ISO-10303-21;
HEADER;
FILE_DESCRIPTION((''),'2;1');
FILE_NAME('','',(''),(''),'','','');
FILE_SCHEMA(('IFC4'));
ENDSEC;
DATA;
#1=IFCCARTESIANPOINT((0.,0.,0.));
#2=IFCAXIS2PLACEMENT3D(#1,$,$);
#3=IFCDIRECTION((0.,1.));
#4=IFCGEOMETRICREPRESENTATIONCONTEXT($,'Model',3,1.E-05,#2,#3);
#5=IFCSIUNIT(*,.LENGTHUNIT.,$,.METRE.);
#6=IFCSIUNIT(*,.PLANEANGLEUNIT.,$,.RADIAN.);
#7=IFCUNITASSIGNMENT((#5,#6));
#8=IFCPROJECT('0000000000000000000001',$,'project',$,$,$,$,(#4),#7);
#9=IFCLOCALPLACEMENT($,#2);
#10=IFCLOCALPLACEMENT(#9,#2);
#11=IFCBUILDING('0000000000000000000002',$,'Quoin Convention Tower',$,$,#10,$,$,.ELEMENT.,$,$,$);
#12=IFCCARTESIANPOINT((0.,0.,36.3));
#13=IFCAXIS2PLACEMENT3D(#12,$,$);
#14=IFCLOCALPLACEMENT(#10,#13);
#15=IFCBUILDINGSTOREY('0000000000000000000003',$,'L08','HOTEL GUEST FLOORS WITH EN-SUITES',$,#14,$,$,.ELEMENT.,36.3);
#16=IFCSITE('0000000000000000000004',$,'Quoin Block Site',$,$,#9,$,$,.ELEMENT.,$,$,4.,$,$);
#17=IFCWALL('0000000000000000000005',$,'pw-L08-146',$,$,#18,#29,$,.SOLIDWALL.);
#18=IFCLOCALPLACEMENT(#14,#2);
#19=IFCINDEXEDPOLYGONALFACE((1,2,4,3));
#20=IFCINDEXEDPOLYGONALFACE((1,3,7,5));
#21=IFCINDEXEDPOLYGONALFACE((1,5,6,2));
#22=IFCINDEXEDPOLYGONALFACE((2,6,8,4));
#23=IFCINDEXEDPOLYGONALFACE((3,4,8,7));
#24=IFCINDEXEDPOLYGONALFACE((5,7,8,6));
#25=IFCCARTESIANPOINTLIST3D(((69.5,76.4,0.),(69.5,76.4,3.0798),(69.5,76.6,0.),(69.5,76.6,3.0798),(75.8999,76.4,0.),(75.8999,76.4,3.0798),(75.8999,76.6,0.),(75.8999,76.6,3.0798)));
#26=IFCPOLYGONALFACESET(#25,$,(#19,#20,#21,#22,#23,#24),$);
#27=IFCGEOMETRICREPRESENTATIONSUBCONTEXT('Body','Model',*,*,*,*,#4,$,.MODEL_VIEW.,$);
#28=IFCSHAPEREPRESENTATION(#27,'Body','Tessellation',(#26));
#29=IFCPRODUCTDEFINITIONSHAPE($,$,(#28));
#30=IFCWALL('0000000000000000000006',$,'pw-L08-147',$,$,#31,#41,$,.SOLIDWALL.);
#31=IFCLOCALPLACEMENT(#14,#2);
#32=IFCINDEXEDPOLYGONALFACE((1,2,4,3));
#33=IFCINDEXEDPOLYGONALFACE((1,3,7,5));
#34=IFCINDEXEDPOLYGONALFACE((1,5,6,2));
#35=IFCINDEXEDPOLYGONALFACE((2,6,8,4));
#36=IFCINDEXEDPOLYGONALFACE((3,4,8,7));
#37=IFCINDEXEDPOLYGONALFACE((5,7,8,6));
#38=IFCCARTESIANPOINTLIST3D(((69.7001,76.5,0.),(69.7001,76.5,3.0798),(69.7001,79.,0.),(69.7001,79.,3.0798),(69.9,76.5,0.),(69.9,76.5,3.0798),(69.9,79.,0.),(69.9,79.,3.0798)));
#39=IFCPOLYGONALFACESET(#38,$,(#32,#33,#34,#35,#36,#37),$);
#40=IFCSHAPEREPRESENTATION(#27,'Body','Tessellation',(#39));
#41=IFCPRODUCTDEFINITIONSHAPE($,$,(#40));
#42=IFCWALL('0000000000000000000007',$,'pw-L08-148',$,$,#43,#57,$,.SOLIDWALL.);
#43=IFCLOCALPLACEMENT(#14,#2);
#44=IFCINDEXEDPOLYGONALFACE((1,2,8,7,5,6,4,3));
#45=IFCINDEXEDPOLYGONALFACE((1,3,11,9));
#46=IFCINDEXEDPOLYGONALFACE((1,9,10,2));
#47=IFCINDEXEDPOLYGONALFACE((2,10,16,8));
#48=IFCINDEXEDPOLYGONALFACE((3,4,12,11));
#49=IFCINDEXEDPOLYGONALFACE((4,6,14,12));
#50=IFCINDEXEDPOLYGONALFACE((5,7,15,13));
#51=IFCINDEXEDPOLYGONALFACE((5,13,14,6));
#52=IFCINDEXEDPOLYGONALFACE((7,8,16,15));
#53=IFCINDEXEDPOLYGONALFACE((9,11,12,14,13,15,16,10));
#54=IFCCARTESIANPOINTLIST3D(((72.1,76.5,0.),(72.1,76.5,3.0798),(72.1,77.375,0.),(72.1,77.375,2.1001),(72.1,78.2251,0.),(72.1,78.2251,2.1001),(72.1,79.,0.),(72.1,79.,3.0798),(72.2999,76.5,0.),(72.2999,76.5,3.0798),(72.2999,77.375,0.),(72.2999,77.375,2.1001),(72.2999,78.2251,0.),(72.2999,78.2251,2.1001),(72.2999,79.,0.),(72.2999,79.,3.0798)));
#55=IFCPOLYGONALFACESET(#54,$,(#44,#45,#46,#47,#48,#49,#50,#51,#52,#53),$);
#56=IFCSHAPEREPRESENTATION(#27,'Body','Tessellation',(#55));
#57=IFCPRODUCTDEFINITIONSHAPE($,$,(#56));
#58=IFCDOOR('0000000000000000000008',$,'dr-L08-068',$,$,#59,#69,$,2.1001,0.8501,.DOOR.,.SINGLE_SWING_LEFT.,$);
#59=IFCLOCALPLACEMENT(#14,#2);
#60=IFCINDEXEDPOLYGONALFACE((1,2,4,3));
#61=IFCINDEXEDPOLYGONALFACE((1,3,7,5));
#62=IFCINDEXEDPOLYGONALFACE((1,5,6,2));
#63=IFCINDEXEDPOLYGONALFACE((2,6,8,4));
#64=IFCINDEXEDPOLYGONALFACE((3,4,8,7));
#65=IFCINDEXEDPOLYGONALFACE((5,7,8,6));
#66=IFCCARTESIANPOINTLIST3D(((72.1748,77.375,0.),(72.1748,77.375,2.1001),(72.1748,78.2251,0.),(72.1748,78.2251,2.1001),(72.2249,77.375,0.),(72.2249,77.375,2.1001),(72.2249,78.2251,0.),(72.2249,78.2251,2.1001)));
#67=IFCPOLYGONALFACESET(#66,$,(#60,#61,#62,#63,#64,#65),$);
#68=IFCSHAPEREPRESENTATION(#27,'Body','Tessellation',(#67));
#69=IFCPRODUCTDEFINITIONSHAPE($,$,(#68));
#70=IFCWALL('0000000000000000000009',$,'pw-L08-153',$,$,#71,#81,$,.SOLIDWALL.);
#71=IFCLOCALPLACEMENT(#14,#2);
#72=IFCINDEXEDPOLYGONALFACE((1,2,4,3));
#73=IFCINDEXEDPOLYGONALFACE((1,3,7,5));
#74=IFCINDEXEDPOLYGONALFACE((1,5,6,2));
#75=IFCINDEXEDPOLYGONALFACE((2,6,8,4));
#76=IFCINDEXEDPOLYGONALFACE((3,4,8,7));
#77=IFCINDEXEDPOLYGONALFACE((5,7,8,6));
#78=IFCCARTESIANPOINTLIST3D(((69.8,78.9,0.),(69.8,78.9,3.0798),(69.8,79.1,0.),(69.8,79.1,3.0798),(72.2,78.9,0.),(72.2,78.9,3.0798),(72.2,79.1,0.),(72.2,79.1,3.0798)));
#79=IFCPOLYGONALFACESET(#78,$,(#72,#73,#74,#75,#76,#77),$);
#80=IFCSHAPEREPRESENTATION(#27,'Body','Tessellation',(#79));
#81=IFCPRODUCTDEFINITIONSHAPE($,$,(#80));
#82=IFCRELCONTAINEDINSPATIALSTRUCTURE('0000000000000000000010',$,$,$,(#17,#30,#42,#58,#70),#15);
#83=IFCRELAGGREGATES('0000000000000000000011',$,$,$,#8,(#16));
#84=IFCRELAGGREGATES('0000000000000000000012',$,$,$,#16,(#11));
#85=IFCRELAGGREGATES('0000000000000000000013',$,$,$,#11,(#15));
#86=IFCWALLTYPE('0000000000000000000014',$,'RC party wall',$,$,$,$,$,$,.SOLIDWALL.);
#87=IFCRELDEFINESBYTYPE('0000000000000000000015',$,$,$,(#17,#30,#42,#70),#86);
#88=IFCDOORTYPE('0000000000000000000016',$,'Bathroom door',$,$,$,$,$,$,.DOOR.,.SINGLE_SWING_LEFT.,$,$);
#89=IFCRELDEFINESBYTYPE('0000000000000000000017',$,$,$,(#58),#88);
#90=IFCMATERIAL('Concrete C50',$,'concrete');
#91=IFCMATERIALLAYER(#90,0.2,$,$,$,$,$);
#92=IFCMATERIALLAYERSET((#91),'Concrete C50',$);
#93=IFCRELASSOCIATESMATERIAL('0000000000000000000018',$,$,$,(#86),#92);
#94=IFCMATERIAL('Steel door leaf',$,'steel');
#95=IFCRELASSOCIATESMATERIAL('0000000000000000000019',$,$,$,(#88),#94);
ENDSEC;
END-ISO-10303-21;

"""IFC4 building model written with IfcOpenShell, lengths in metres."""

from ifc_helpers import new_model, si_unit, direction, frame, frame_2d, origin, place, context, subcontext, project, spatial, rectangle, extrude, material, layer, layer_set, type_object, element, fill, save


model = new_model("IFC4")

# Units and contexts
model_context = context("Model", 3, precision=1e-05, world=origin(), true_north=direction((0.0, 1.0)))
body_context = subcontext(model_context, "Body", "Model", "MODEL_VIEW")
ifc_project = project(units=[si_unit("LENGTHUNIT", "METRE"), si_unit("PLANEANGLEUNIT", "RADIAN")], contexts=[model_context])

# Site, building, storey
site_placement = place(None, origin())
site = spatial("IfcSite", under=ifc_project, at=site_placement, Name="Quoin Block Site", CompositionType="ELEMENT", RefElevation=4.0)
building_placement = place(site_placement, origin())
building = spatial("IfcBuilding", under=site, at=building_placement, Name="Quoin Convention Tower", CompositionType="ELEMENT")
storey_placement = place(building_placement, frame((0.0, 0.0, 36.3)))
storey = spatial("IfcBuildingStorey", under=building, at=storey_placement, Name="L08", Description="HOTEL GUEST FLOORS WITH EN-SUITES", CompositionType="ELEMENT", Elevation=36.3)

# Walls
ifc_material_1 = material(Name="Concrete C50", Category="concrete")
ifc_layer_1 = layer(ifc_material_1, 0.2)
ifc_layer_set_1 = layer_set([ifc_layer_1], Name="Concrete C50")
wall_type_1 = type_object("IfcWallType", Name="RC party wall", PredefinedType="SOLIDWALL", material=ifc_layer_set_1)
wall_1_placement = place(storey_placement, frame((69.5, 76.5, 0.0), z_axis=(0.0, 0.0, 1.0), x_axis=(1.0, 0.0, 0.0)))
element("IfcWall", 1, at=wall_1_placement, inside=storey, type_object=wall_type_1, Name="pw-L08-146", PredefinedType="SOLIDWALL", context=body_context, shape_type="SweptSolid", body=[
    extrude(rectangle(XDim=6.3999, YDim=0.2, at=frame_2d((3.2, 0.0))), origin(), (0.0, 0.0, 1.0), 3.0798),
])
wall_2_placement = place(storey_placement, frame((69.8, 76.5, 0.0), z_axis=(0.0, 0.0, 1.0), x_axis=(0.0, 1.0, 0.0)))
element("IfcWall", 2, at=wall_2_placement, inside=storey, type_object=wall_type_1, Name="pw-L08-147", PredefinedType="SOLIDWALL", context=body_context, shape_type="SweptSolid", body=[
    extrude(rectangle(XDim=2.5, YDim=0.2, at=frame_2d((1.25, 0.0))), origin(), (0.0, 0.0, 1.0), 3.0798),
])

# Wall, opening, door
wall_3_placement = place(storey_placement, frame((72.2, 76.5, 0.0), z_axis=(0.0, 0.0, 1.0), x_axis=(0.0, 1.0, 0.0)))
wall_3 = element("IfcWall", 3, at=wall_3_placement, inside=storey, type_object=wall_type_1, Name="pw-L08-148", PredefinedType="SOLIDWALL", context=body_context, shape_type="SweptSolid", body=[
    extrude(rectangle(XDim=2.5, YDim=0.2, at=frame_2d((1.25, 0.0))), origin(), (0.0, 0.0, 1.0), 3.0798),
])
opening_1_placement = place(wall_3_placement, frame((0.875, 0.0, 0.0)))
opening_1 = element("IfcOpeningElement", 4, at=opening_1_placement, cuts=wall_3, PredefinedType="OPENING", context=body_context, shape_type="SweptSolid", body=[
    extrude(rectangle(XDim=0.8501, YDim=2.1001, at=frame_2d((0.425, 1.05))), frame((0.0, 0.1099, 0.0), z_axis=(0.0, -1.0, 0.0), x_axis=(1.0, 0.0, 0.0)), (0.0, 0.0, 1.0), 0.22),
])
ifc_material_2 = material(Name="Steel door leaf", Category="steel")
door_type = type_object("IfcDoorType", Name="Bathroom door", OperationType="SINGLE_SWING_LEFT", PredefinedType="DOOR", material=ifc_material_2)
door_placement = place(opening_1_placement, frame((0.8501, 0.0, 0.0), z_axis=(0.0, 0.0, 1.0), x_axis=(-1.0, 0.0, 0.0)))
door = element("IfcDoor", 5, at=door_placement, inside=storey, type_object=door_type, Name="dr-L08-068", OperationType="SINGLE_SWING_LEFT", OverallHeight=2.1001, OverallWidth=0.8501, PredefinedType="DOOR", context=body_context, shape_type="SweptSolid", body=[
    extrude(rectangle(XDim=0.8501, YDim=2.1001, at=frame_2d((0.425, 1.05))), frame((0.0, 0.0249, 0.0), z_axis=(0.0, -1.0, 0.0), x_axis=(1.0, 0.0, 0.0)), (0.0, 0.0, 1.0), 0.05),
])
fill(opening_1, door)

# Wall
wall_4_placement = place(storey_placement, frame((69.8, 79.0, 0.0), z_axis=(0.0, 0.0, 1.0), x_axis=(1.0, 0.0, 0.0)))
element("IfcWall", 6, at=wall_4_placement, inside=storey, type_object=wall_type_1, Name="pw-L08-153", PredefinedType="SOLIDWALL", context=body_context, shape_type="SweptSolid", body=[
    extrude(rectangle(XDim=2.3999, YDim=0.2, at=frame_2d((1.2, 0.0))), origin(), (0.0, 0.0, 1.0), 3.0798),
])

save(model, "model.ifc")
